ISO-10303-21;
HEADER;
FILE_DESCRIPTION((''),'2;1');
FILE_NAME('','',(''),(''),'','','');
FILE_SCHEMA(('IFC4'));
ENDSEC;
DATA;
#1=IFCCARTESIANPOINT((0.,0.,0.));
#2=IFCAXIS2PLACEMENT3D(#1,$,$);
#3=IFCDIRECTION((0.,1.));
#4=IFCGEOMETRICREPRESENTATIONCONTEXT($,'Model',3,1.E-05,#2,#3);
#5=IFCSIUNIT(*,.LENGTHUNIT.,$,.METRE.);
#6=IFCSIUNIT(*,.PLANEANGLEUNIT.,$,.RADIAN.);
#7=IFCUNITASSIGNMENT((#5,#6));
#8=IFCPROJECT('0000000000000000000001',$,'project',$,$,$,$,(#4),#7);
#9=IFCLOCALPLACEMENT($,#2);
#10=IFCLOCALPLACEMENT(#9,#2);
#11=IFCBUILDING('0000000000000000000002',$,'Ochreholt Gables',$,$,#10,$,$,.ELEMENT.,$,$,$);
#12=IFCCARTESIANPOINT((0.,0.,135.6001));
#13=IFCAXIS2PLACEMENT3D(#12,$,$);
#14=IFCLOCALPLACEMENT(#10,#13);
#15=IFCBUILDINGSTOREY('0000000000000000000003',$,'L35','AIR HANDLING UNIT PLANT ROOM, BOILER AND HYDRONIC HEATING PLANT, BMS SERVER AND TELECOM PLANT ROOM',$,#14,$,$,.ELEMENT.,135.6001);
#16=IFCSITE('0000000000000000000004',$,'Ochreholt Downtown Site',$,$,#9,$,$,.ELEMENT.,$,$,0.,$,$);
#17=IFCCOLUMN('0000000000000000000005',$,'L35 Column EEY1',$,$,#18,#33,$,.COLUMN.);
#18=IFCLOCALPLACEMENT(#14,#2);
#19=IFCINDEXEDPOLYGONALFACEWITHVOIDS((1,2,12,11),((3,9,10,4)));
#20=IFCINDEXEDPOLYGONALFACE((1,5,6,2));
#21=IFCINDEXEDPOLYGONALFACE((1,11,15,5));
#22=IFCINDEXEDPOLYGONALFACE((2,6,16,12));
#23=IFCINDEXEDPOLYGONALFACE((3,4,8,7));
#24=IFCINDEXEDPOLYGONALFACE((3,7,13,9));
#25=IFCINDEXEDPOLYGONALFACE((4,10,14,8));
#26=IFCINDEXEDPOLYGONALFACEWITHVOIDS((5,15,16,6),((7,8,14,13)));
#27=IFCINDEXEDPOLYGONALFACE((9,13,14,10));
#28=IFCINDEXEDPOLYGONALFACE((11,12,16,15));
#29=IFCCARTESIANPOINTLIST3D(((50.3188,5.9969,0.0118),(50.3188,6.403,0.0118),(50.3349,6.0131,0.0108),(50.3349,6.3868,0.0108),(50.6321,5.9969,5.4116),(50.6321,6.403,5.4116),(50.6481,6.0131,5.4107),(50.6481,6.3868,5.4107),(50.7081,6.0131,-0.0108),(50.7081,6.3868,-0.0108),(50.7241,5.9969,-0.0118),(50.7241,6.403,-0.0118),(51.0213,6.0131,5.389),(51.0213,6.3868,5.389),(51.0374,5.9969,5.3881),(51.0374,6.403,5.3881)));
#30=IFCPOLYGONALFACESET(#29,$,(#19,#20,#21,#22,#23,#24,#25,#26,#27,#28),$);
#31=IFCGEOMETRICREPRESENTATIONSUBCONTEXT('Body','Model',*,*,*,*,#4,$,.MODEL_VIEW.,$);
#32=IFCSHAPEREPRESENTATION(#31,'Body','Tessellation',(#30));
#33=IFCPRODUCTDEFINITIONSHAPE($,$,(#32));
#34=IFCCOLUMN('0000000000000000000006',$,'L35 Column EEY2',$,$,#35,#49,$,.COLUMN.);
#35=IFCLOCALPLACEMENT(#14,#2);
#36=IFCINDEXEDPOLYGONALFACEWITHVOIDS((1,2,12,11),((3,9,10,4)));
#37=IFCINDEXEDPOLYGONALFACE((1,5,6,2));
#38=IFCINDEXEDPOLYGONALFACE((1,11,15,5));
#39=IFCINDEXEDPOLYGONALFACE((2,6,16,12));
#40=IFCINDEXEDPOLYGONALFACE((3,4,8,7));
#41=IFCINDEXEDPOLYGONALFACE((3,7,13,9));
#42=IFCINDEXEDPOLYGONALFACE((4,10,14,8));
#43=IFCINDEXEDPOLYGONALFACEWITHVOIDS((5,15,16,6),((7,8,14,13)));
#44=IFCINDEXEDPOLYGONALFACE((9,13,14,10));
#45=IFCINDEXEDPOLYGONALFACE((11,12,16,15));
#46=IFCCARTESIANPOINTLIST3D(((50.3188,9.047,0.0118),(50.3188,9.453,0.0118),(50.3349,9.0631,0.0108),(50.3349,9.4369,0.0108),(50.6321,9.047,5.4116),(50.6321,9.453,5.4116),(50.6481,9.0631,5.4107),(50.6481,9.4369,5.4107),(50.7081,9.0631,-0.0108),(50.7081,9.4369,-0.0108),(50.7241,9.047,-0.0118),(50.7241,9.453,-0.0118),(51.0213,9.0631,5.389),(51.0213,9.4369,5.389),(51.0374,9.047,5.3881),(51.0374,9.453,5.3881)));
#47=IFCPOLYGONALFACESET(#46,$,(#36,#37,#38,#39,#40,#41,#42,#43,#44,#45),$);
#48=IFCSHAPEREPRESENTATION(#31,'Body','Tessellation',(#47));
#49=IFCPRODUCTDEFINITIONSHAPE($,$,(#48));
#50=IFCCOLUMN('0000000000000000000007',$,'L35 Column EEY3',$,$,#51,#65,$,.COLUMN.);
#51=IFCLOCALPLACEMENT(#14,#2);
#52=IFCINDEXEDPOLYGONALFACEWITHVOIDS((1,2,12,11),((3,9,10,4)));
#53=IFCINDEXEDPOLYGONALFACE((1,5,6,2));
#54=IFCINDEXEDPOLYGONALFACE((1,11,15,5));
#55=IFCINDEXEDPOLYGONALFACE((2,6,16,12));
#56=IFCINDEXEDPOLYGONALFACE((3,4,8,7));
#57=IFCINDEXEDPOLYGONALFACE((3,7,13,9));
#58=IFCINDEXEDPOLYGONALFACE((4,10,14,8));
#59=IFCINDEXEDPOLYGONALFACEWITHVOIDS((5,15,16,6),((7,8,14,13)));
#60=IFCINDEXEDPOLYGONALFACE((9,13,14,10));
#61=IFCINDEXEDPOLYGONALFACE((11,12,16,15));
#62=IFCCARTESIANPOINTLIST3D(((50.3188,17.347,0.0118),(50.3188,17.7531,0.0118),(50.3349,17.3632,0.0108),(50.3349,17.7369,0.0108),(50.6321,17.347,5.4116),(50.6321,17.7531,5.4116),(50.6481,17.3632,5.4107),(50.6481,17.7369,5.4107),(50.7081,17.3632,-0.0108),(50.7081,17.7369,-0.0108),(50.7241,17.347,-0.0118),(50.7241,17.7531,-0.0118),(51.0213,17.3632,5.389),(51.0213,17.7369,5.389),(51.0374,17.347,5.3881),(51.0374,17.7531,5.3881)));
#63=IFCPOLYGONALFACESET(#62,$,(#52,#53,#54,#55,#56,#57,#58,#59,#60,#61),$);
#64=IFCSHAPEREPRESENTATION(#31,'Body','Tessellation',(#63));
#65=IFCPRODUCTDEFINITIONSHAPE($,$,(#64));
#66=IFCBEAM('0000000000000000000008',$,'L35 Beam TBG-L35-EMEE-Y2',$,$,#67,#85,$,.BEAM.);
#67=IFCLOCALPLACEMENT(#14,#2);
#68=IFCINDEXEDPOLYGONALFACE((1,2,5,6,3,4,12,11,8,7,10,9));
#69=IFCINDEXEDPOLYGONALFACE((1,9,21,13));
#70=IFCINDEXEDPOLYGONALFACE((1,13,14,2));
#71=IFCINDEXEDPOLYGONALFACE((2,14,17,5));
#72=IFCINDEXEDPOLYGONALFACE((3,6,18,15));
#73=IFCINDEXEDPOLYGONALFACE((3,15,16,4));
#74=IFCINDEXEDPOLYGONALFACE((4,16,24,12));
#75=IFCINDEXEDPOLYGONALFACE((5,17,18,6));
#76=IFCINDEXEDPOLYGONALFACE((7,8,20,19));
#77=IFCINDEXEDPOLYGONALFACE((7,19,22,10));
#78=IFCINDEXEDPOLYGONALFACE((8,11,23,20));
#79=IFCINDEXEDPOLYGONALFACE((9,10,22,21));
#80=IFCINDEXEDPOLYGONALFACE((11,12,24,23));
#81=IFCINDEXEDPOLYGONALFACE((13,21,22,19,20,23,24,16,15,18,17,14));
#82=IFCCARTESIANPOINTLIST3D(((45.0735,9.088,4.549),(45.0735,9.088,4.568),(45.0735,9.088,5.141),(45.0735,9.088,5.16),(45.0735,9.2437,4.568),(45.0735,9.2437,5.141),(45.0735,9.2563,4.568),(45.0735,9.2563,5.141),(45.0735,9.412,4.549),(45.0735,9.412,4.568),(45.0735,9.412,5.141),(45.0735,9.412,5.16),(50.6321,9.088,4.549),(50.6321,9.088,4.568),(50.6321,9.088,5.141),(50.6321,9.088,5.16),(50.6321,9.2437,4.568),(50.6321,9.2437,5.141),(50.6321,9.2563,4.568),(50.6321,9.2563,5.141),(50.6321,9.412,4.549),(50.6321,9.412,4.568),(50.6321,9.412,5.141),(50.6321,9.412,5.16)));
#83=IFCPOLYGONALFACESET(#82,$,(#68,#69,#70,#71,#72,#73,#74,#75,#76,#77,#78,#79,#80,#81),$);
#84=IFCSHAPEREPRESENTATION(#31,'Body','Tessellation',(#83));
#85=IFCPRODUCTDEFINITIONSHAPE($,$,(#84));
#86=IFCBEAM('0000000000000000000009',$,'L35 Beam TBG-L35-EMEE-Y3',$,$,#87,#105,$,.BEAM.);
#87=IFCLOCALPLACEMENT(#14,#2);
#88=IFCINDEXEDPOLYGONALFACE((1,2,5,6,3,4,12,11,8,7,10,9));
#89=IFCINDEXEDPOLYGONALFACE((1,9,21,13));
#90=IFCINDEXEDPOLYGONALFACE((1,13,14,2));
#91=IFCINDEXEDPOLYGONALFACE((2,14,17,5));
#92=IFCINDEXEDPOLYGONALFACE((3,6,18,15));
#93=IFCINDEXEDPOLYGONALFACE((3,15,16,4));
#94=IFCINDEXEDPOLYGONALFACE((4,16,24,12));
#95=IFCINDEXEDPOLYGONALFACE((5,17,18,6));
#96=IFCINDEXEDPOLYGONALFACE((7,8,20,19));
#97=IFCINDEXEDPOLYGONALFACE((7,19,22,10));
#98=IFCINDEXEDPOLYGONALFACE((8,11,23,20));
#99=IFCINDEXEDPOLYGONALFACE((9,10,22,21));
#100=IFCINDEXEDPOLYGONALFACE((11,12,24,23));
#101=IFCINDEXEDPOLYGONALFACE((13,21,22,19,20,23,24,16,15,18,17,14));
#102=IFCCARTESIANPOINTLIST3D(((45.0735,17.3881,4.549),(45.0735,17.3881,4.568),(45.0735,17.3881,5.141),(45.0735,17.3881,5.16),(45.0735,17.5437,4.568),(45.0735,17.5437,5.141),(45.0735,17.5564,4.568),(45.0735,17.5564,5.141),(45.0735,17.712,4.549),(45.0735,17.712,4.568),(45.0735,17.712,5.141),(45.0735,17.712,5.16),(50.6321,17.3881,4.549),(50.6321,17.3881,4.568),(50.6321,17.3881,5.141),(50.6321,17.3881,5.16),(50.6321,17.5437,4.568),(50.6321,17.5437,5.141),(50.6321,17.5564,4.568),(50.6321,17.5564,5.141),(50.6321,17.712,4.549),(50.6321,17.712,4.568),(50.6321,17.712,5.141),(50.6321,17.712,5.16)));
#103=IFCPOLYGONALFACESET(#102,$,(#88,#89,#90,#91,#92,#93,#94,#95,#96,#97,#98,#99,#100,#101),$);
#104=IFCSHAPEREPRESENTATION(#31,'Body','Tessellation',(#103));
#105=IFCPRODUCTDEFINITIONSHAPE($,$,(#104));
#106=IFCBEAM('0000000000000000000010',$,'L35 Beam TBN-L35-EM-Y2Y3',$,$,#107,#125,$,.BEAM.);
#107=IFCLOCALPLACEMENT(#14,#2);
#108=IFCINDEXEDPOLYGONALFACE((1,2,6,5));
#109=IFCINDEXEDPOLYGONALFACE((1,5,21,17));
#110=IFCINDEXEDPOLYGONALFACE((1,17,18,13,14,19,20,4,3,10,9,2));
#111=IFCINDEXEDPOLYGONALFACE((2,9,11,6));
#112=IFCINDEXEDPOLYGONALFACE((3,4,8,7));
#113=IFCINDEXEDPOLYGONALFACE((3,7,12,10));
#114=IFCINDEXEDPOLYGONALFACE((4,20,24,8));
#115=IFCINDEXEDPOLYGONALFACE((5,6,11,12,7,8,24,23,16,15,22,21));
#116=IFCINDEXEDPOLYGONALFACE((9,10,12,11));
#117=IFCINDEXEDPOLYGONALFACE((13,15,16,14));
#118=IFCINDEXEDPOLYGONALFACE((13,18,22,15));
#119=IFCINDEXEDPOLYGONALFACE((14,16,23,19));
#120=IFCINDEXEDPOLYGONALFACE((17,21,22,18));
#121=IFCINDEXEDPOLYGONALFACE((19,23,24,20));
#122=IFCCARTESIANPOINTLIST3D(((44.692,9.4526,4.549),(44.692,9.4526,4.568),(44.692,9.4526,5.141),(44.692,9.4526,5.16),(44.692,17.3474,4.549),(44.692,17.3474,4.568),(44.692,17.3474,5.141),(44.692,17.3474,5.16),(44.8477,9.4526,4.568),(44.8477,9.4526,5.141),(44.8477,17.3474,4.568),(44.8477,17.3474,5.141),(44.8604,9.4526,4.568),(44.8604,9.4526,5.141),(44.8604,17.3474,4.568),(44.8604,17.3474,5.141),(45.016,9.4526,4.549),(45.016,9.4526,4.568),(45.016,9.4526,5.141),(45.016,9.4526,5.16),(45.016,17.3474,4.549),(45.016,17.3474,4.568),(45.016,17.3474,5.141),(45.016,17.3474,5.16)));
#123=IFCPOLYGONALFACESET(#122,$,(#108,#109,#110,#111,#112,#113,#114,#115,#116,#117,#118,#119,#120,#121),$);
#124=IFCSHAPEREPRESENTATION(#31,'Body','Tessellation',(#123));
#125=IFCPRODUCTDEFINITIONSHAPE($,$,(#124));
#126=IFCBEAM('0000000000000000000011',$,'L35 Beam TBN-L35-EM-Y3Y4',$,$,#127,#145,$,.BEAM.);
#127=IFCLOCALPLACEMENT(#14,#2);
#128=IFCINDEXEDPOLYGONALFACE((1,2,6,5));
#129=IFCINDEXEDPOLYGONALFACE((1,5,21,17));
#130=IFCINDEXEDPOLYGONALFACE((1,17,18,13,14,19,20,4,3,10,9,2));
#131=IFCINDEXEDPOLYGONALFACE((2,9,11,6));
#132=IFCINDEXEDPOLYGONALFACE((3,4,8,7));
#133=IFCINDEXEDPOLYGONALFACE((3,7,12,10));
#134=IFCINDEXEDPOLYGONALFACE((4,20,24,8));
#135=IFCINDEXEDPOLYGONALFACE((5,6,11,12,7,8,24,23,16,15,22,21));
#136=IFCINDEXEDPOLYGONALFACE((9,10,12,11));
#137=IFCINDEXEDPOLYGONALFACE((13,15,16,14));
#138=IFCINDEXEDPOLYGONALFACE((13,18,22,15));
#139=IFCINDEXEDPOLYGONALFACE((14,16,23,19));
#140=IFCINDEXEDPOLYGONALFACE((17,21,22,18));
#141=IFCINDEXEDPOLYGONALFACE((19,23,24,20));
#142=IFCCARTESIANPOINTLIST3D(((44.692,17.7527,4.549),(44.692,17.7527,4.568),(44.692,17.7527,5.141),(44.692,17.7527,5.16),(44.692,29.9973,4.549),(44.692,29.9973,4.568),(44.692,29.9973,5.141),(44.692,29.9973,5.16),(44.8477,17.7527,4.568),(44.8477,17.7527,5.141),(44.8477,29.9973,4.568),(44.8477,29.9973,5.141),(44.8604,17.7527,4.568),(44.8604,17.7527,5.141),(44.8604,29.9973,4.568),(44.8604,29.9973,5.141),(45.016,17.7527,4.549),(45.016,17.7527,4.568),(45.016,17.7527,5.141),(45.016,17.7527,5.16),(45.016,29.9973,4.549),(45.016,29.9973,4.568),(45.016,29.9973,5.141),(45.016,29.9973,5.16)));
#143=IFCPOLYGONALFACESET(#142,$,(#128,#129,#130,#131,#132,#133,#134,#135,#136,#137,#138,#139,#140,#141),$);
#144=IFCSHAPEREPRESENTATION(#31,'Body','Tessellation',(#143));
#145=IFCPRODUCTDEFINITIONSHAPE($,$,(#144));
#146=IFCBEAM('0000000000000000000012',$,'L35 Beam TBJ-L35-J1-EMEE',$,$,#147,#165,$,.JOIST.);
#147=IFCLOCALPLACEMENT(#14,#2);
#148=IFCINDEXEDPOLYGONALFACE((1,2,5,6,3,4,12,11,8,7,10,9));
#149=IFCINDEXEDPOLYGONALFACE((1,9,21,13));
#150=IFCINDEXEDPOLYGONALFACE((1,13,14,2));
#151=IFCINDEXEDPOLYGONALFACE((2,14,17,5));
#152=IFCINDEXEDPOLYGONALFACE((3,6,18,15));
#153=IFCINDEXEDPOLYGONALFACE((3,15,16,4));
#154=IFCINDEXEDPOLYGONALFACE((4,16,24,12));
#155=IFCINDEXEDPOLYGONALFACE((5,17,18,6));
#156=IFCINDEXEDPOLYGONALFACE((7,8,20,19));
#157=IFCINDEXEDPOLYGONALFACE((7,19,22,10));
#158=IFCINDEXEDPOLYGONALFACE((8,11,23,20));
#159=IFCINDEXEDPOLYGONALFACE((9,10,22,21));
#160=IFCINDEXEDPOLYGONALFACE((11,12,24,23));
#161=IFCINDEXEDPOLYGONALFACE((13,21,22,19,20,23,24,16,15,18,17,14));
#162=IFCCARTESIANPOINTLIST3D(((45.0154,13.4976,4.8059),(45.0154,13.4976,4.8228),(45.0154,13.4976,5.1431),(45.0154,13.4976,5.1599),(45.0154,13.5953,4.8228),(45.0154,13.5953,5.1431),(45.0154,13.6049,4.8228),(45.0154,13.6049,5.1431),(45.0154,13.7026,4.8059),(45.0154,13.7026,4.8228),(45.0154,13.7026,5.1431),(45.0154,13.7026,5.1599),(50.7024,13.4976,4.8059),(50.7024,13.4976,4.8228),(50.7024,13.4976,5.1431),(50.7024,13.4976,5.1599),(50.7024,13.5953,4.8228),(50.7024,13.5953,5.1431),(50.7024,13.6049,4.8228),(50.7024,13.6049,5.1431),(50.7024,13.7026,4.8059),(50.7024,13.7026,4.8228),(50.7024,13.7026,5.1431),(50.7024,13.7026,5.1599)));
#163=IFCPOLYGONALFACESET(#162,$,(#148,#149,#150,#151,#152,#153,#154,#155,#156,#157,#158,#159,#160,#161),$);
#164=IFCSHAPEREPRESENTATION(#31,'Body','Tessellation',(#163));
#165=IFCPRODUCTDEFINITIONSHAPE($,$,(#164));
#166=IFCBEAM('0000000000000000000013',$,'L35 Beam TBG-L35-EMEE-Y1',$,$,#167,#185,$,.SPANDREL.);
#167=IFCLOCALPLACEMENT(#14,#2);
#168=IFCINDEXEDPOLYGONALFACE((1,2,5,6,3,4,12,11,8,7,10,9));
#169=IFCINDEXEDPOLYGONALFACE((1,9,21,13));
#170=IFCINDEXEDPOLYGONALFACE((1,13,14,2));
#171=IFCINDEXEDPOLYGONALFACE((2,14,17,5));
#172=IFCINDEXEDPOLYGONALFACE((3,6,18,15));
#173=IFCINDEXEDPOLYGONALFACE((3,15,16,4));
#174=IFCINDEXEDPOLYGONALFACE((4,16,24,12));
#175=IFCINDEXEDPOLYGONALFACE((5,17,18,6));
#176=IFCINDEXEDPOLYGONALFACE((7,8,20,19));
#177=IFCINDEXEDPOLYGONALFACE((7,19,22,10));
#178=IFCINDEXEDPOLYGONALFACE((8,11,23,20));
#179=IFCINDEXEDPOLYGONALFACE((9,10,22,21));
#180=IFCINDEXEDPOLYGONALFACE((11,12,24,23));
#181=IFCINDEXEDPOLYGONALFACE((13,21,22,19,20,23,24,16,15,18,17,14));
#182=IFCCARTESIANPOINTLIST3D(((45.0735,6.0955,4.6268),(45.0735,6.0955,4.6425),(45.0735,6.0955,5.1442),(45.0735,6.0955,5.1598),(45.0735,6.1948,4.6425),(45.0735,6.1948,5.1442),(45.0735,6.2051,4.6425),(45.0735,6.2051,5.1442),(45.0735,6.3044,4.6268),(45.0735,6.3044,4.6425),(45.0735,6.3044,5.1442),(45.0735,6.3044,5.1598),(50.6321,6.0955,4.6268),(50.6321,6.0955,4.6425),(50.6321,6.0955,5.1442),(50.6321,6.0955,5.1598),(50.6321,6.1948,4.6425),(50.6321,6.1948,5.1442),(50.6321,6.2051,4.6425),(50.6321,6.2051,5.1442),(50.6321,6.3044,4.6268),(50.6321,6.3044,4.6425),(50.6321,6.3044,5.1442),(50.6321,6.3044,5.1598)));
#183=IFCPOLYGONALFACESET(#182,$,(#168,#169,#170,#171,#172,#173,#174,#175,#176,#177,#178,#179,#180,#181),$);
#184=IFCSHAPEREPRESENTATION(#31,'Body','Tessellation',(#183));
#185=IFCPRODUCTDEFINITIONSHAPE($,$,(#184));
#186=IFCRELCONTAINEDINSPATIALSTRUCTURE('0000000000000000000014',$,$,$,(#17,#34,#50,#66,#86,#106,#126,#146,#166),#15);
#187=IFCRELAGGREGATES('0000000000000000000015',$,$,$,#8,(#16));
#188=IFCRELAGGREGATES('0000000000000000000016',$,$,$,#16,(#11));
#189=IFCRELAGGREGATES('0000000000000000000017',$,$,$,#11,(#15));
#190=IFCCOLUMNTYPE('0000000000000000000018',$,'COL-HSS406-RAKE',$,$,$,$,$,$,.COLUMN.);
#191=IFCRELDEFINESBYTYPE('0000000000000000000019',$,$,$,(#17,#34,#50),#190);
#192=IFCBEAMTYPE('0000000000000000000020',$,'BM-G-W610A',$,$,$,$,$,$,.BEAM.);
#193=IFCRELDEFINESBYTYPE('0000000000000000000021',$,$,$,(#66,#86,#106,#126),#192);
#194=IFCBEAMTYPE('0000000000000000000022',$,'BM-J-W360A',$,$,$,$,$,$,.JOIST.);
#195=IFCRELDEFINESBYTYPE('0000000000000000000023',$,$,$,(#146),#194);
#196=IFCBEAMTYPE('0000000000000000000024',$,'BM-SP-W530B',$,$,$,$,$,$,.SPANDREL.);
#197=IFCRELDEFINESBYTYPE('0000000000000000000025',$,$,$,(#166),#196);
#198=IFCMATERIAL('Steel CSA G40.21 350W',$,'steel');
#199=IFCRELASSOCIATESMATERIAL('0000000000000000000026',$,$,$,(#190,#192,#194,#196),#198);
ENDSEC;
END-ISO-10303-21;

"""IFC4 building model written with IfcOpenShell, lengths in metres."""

from ifc_helpers import new_model, si_unit, direction, frame, origin, origin_2d, place, context, subcontext, project, spatial, hollow_rectangle, i_section, extrude, material, material_profile, profile_set, type_object, element, save


model = new_model("IFC4")

# Units and contexts
model_context = context("Model", 3, precision=1e-05, world=origin(), true_north=direction((0.0, 1.0)))
body_context = subcontext(model_context, "Body", "Model", "MODEL_VIEW")
ifc_project = project(units=[si_unit("LENGTHUNIT", "METRE"), si_unit("PLANEANGLEUNIT", "RADIAN")], contexts=[model_context])

# Site, building, storey
site_placement = place(None, origin())
site = spatial("IfcSite", under=ifc_project, at=site_placement, Name="Ochreholt Downtown Site", CompositionType="ELEMENT", RefElevation=0.0)
building_placement = place(site_placement, origin())
building = spatial("IfcBuilding", under=site, at=building_placement, Name="Ochreholt Gables", CompositionType="ELEMENT")
storey_placement = place(building_placement, frame((0.0, 0.0, 135.6001)))
storey = spatial("IfcBuildingStorey", under=building, at=storey_placement, Name="L35", Description="AIR HANDLING UNIT PLANT ROOM, BOILER AND HYDRONIC HEATING PLANT, BMS SERVER AND TELECOM PLANT ROOM", CompositionType="ELEMENT", Elevation=135.6001)

# Columns
ifc_material_1 = material(Name="Steel CSA G40.21 350W", Category="steel")
ifc_material_profile_1 = material_profile(ifc_material_1, hollow_rectangle(XDim=0.406, YDim=0.406, WallThickness=0.0161, at=origin_2d()), Name="HSS406X406X16")
ifc_profile_set_1 = profile_set([ifc_material_profile_1], Name="Steel CSA G40.21 350W")
column_type = type_object("IfcColumnType", Name="COL-HSS406-RAKE", PredefinedType="COLUMN", material=ifc_profile_set_1)
for number, where, z_axis, x_axis, name in (
    (1, (50.5215, 6.2, 0.0), (0.05791, 0.0, 0.998322), (0.0, 1.0, 0.0), "L35 Column EEY1"),
    (2, (50.5215, 9.25, 0.0), (0.05791, 0.0, 0.998322), (0.0, 1.0, 0.0), "L35 Column EEY2"),
    (3, (50.5215, 17.55, 0.0), (0.05791, 0.0, 0.998322), (0.0, 1.0, 0.0), "L35 Column EEY3"),
):
    element("IfcColumn", number, at=place(storey_placement, frame(where, z_axis=z_axis, x_axis=x_axis)), inside=storey, type_object=column_type, Name=name, PredefinedType="COLUMN", context=body_context, shape_type="SweptSolid", body=[
        extrude(hollow_rectangle(XDim=0.406, YDim=0.406, WallThickness=0.0161, at=origin_2d()), origin(), (0.0, 0.0, 1.0), 5.4089),
    ])

# Beams
ifc_material_profile_2 = material_profile(ifc_material_1, i_section(OverallWidth=0.324, OverallDepth=0.6111, WebThickness=0.0127, FlangeThickness=0.019, at=origin_2d()), Name="W610X155")
ifc_profile_set_2 = profile_set([ifc_material_profile_2], Name="Steel CSA G40.21 350W")
beam_type_1 = type_object("IfcBeamType", Name="BM-G-W610A", PredefinedType="BEAM", material=ifc_profile_set_2)
for number, where, z_axis, x_axis, name in (
    (4, (45.0735, 9.25, 4.8545), (1.0, 0.0, 0.0), (0.0, 1.0, 0.0), "L35 Beam TBG-L35-EMEE-Y2"),
    (5, (45.0735, 17.55, 4.8545), (1.0, 0.0, 0.0), (0.0, 1.0, 0.0), "L35 Beam TBG-L35-EMEE-Y3"),
):
    element("IfcBeam", number, at=place(storey_placement, frame(where, z_axis=z_axis, x_axis=x_axis)), inside=storey, type_object=beam_type_1, Name=name, PredefinedType="BEAM", context=body_context, shape_type="SweptSolid", body=[
        extrude(i_section(OverallWidth=0.324, OverallDepth=0.6111, WebThickness=0.0127, FlangeThickness=0.019, at=origin_2d()), origin(), (0.0, 0.0, 1.0), 5.5586),
    ])
beam_1_placement = place(storey_placement, frame((44.854, 9.4526, 4.8545), z_axis=(0.0, 1.0, 0.0), x_axis=(-1.0, 0.0, 0.0)))
element("IfcBeam", 6, at=beam_1_placement, inside=storey, type_object=beam_type_1, Name="L35 Beam TBN-L35-EM-Y2Y3", PredefinedType="BEAM", context=body_context, shape_type="SweptSolid", body=[
    extrude(i_section(OverallWidth=0.324, OverallDepth=0.6111, WebThickness=0.0127, FlangeThickness=0.019, at=origin_2d()), origin(), (0.0, 0.0, 1.0), 7.8948),
])
beam_2_placement = place(storey_placement, frame((44.854, 17.7527, 4.8545), z_axis=(0.0, 1.0, 0.0), x_axis=(-1.0, 0.0, 0.0)))
element("IfcBeam", 7, at=beam_2_placement, inside=storey, type_object=beam_type_1, Name="L35 Beam TBN-L35-EM-Y3Y4", PredefinedType="BEAM", context=body_context, shape_type="SweptSolid", body=[
    extrude(i_section(OverallWidth=0.324, OverallDepth=0.6111, WebThickness=0.0127, FlangeThickness=0.019, at=origin_2d()), origin(), (0.0, 0.0, 1.0), 12.2446),
])
ifc_material_profile_3 = material_profile(ifc_material_1, i_section(OverallWidth=0.2051, OverallDepth=0.354, WebThickness=0.0095, FlangeThickness=0.0168, at=origin_2d()), Name="W360X79")
ifc_profile_set_3 = profile_set([ifc_material_profile_3], Name="Steel CSA G40.21 350W")
beam_type_2 = type_object("IfcBeamType", Name="BM-J-W360A", PredefinedType="JOIST", material=ifc_profile_set_3)
beam_3_placement = place(storey_placement, frame((45.0154, 13.6001, 4.9829), z_axis=(1.0, 0.0, 0.0), x_axis=(0.0, 1.0, 0.0)))
element("IfcBeam", 8, at=beam_3_placement, inside=storey, type_object=beam_type_2, Name="L35 Beam TBJ-L35-J1-EMEE", PredefinedType="JOIST", context=body_context, shape_type="SweptSolid", body=[
    extrude(i_section(OverallWidth=0.2051, OverallDepth=0.354, WebThickness=0.0095, FlangeThickness=0.0168, at=origin_2d()), origin(), (0.0, 0.0, 1.0), 5.687),
])
ifc_material_profile_4 = material_profile(ifc_material_1, i_section(OverallWidth=0.209, OverallDepth=0.533, WebThickness=0.0103, FlangeThickness=0.0156, at=origin_2d()), Name="W530X92")
ifc_profile_set_4 = profile_set([ifc_material_profile_4], Name="Steel CSA G40.21 350W")
beam_type_3 = type_object("IfcBeamType", Name="BM-SP-W530B", PredefinedType="SPANDREL", material=ifc_profile_set_4)
beam_4_placement = place(storey_placement, frame((45.0735, 6.2, 4.8933), z_axis=(1.0, 0.0, 0.0), x_axis=(0.0, 1.0, 0.0)))
element("IfcBeam", 9, at=beam_4_placement, inside=storey, type_object=beam_type_3, Name="L35 Beam TBG-L35-EMEE-Y1", PredefinedType="SPANDREL", context=body_context, shape_type="SweptSolid", body=[
    extrude(i_section(OverallWidth=0.209, OverallDepth=0.533, WebThickness=0.0103, FlangeThickness=0.0156, at=origin_2d()), origin(), (0.0, 0.0, 1.0), 5.5586),
])

save(model, "model.ifc")
